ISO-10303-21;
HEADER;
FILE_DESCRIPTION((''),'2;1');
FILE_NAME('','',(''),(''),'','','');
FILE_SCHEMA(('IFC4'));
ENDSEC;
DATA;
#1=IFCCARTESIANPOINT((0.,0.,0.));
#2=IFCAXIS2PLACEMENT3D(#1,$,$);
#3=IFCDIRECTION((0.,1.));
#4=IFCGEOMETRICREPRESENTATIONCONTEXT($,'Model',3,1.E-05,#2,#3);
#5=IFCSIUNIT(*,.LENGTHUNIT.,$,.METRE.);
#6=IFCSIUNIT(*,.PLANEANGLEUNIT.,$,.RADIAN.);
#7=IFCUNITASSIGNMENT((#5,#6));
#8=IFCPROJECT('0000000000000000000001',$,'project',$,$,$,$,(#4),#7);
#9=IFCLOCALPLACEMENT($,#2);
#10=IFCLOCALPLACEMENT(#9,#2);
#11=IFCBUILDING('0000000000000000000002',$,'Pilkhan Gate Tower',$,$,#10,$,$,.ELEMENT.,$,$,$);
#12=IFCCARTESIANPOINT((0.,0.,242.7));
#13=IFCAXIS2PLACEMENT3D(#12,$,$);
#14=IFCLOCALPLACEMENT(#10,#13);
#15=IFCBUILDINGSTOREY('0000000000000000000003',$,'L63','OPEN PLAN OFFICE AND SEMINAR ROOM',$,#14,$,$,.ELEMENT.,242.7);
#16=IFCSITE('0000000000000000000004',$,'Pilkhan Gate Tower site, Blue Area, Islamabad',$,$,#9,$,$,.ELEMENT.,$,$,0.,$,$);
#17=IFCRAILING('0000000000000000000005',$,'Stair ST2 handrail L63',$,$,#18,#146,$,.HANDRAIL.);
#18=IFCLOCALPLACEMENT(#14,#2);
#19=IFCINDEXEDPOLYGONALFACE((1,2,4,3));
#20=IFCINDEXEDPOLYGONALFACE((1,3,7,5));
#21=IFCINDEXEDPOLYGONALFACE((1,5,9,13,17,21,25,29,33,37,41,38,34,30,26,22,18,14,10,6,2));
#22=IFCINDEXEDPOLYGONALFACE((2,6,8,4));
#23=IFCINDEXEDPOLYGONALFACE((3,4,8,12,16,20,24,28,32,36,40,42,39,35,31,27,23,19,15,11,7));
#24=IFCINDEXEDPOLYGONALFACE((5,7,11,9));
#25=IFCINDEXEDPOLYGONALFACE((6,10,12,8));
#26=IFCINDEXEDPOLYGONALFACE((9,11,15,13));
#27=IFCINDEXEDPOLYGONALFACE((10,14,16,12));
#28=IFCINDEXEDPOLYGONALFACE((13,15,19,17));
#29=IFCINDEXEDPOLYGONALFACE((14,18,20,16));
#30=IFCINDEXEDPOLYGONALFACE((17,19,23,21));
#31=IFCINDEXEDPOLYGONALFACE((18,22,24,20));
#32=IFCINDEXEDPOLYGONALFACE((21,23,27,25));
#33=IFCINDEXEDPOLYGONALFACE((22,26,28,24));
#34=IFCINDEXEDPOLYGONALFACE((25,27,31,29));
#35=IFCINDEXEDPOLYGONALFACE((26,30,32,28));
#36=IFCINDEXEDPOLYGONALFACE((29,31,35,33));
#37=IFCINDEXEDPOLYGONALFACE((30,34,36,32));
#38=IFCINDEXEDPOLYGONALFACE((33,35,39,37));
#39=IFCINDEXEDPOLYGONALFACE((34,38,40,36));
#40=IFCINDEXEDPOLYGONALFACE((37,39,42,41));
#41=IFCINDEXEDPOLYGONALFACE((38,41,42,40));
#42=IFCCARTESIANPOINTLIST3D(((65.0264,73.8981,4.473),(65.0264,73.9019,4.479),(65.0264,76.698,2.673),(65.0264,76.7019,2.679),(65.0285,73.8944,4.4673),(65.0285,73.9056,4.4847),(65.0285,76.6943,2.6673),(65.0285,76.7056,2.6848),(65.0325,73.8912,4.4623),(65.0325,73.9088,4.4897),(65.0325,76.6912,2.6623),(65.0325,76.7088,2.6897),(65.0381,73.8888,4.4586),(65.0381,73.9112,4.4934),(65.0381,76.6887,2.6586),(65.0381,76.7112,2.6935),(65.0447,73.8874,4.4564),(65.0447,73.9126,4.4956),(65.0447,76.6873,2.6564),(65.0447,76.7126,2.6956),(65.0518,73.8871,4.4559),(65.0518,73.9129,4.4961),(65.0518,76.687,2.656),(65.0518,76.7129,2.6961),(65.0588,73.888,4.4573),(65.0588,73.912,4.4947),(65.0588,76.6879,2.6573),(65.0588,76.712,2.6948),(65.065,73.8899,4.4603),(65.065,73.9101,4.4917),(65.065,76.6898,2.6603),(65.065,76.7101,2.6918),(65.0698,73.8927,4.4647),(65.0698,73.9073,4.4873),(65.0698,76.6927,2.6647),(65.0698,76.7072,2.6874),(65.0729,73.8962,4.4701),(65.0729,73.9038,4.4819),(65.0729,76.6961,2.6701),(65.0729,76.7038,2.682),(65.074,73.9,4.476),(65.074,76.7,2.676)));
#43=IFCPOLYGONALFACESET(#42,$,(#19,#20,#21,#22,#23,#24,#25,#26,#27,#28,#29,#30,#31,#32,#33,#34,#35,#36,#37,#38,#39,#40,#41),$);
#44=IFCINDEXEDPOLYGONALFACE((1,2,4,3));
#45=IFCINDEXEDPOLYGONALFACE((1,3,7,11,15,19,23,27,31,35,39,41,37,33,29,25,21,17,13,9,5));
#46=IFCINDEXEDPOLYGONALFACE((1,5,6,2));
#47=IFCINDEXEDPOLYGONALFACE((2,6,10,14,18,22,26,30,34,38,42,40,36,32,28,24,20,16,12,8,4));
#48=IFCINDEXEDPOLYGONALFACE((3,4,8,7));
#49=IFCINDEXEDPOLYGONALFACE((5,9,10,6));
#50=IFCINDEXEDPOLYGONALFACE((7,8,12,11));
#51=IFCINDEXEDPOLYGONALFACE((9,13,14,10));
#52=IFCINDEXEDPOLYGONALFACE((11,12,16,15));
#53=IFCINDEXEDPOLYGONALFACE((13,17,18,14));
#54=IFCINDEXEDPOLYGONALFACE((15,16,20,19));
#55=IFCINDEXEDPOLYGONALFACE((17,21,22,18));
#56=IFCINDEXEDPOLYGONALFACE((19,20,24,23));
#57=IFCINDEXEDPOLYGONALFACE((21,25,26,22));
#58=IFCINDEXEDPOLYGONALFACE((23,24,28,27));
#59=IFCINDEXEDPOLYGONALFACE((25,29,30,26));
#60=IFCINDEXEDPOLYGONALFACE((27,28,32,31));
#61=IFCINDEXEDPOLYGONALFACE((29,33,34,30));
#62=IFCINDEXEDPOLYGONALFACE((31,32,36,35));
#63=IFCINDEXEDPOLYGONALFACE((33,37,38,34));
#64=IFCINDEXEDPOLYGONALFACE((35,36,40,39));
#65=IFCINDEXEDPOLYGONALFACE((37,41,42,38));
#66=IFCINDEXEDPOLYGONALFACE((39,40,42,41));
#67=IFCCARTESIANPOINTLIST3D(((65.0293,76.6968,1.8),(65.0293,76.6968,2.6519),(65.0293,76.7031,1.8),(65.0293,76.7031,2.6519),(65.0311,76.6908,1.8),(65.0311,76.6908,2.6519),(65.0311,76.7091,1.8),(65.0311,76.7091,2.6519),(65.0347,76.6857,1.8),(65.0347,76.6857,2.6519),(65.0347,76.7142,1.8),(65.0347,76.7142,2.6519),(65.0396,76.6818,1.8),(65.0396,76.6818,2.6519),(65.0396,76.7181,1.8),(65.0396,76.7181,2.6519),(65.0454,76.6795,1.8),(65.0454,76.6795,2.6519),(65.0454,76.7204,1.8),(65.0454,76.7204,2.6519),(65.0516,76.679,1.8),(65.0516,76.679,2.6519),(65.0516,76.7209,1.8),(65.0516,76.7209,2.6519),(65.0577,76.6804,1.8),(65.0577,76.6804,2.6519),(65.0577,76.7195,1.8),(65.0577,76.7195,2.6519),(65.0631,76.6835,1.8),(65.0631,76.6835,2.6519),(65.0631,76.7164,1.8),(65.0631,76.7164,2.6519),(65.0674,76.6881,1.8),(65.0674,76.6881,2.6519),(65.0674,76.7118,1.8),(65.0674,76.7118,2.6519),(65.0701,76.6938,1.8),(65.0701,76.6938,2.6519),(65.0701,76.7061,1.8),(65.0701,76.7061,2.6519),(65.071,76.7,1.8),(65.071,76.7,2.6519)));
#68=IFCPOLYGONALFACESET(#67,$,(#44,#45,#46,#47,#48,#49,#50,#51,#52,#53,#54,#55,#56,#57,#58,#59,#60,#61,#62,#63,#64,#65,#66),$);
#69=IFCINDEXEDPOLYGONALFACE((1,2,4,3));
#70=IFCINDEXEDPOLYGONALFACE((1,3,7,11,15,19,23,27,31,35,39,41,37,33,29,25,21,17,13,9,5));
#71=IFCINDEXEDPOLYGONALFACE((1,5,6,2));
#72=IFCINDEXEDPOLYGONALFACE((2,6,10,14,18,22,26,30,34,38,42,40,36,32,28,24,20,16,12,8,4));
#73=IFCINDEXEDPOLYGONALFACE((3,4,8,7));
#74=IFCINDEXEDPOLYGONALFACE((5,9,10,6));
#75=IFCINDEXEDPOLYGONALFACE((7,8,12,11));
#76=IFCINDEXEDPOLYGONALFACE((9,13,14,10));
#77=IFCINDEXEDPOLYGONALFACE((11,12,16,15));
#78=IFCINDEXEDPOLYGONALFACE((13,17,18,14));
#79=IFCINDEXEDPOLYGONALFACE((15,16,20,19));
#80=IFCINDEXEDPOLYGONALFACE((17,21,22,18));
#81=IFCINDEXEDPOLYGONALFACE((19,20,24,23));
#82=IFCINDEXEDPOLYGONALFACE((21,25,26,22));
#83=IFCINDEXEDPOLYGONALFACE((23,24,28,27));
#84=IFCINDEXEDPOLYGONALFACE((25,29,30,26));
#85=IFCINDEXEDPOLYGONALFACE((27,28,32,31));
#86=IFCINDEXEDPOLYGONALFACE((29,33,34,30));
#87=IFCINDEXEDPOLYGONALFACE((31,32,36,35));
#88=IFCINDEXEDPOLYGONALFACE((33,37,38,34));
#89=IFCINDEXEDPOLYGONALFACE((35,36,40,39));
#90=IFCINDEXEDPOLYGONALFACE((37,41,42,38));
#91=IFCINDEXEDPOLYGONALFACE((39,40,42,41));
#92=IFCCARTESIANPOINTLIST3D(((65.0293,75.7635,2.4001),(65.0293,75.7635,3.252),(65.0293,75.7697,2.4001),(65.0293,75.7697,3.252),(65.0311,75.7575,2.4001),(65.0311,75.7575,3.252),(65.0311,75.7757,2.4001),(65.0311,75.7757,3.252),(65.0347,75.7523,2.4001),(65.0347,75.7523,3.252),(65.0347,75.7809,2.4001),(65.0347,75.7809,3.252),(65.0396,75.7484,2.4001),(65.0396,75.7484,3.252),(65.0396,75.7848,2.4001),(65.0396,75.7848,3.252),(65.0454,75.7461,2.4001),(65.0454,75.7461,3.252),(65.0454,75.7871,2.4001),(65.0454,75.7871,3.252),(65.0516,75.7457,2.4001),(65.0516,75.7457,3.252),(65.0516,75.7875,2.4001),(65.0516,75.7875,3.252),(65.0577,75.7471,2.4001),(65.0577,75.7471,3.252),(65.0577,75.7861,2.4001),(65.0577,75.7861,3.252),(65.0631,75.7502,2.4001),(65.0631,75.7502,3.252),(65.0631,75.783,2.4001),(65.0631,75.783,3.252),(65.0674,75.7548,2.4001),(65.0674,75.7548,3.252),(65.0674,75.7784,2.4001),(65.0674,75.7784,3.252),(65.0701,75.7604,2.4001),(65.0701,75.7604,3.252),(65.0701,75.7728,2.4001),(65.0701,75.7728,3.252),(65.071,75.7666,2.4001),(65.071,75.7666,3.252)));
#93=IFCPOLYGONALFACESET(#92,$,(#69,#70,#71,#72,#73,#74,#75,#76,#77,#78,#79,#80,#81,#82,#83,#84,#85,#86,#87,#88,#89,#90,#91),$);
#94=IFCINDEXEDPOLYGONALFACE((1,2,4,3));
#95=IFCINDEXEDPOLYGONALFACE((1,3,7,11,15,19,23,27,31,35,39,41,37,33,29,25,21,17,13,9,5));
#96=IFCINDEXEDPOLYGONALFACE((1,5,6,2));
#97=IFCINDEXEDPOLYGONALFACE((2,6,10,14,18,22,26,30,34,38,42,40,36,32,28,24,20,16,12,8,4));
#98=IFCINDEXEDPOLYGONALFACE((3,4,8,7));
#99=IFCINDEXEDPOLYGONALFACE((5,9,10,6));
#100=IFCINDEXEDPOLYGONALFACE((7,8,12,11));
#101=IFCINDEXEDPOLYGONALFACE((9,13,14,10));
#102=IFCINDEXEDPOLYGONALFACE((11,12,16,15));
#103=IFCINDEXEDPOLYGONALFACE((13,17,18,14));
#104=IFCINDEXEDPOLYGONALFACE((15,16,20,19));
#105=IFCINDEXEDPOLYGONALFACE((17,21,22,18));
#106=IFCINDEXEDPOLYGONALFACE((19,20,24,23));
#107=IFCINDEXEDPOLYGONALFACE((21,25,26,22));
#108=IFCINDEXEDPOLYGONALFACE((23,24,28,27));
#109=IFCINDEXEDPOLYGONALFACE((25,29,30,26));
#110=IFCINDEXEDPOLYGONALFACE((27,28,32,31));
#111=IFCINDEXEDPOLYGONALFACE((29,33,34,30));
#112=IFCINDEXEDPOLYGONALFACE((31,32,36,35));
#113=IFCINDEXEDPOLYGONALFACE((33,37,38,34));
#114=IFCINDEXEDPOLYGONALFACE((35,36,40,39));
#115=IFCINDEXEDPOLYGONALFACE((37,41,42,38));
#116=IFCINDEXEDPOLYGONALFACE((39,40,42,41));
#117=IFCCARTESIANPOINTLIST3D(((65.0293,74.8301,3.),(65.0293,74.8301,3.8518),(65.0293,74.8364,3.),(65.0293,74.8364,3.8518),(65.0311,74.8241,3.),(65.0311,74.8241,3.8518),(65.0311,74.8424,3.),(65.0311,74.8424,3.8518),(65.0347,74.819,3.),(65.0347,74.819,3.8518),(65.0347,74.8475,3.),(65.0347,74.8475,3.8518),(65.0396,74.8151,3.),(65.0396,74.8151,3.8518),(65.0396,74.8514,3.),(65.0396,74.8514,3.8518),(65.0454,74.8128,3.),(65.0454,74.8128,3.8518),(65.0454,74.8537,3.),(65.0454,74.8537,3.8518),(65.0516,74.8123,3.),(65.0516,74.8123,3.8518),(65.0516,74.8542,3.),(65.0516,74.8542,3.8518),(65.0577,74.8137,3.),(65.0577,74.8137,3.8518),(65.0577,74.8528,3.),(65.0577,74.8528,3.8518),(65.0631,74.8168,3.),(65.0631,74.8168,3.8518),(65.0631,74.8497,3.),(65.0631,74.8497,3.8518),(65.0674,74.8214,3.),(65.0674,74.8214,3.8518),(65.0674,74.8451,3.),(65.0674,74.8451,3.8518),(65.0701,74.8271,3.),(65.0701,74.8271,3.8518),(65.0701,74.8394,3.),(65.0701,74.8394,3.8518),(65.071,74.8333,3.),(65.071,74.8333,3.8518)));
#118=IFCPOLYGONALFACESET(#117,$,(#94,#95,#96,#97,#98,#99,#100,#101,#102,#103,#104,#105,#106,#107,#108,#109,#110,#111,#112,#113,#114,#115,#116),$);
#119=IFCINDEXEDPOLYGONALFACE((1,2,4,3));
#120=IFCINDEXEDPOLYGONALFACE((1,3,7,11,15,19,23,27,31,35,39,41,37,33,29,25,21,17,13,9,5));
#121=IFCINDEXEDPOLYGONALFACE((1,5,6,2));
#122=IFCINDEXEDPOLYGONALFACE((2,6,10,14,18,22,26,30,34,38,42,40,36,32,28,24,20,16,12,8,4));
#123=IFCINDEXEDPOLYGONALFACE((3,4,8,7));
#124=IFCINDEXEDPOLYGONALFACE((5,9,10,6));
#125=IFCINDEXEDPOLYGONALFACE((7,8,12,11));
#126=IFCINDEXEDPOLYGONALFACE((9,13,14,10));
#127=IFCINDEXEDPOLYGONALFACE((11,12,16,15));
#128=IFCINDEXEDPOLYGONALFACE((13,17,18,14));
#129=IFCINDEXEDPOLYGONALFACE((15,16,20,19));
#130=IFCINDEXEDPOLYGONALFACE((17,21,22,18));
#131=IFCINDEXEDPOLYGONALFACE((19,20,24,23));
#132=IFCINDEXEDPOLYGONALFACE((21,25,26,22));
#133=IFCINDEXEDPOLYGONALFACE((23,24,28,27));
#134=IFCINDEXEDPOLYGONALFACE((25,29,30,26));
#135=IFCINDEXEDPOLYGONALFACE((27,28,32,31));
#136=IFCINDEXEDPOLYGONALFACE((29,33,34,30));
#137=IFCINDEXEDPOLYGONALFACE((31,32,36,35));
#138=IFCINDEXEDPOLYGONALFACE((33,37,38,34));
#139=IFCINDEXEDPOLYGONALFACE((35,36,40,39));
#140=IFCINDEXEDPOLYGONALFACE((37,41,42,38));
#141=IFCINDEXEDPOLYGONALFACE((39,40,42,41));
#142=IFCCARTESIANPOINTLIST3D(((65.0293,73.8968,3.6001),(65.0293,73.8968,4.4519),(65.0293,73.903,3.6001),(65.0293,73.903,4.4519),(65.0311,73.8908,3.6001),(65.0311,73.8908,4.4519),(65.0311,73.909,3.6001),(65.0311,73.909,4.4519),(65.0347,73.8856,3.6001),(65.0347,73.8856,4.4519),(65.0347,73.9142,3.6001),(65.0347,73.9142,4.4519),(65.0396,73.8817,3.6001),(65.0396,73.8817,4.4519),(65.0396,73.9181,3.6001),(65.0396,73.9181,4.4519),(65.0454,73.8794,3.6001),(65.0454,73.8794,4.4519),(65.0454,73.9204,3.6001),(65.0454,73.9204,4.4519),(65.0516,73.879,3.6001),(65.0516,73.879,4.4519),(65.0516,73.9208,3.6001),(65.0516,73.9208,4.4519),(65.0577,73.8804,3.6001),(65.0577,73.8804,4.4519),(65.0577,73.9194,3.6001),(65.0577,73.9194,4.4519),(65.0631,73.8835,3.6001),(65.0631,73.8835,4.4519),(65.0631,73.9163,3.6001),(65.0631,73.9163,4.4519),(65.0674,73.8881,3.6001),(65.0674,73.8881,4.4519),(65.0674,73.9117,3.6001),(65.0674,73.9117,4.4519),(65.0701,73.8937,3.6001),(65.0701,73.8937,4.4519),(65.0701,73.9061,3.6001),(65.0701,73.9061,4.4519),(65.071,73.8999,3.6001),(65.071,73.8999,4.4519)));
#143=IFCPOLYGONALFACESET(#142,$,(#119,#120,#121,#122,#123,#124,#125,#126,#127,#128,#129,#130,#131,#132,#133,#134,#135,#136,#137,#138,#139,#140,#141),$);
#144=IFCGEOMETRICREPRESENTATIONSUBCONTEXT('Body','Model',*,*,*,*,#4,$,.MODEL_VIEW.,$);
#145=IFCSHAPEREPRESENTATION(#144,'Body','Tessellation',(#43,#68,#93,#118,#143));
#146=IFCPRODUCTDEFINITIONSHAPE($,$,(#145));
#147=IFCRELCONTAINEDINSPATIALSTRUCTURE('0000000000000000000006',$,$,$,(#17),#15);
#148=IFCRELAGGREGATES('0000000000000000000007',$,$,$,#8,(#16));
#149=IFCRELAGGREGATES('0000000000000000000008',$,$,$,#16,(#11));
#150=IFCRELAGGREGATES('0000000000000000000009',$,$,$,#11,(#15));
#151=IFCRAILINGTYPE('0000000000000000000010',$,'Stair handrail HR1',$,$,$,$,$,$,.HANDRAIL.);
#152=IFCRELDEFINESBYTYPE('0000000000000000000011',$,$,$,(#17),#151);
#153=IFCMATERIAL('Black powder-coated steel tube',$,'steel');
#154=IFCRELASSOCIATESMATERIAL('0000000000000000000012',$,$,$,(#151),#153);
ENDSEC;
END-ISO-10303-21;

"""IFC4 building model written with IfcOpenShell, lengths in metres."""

from ifc_helpers import new_model, si_unit, direction, frame, origin, origin_2d, place, context, subcontext, project, spatial, circle, extrude, material, type_object, element, save


model = new_model("IFC4")

# Units and contexts
model_context = context("Model", 3, precision=1e-05, world=origin(), true_north=direction((0.0, 1.0)))
body_context = subcontext(model_context, "Body", "Model", "MODEL_VIEW")
ifc_project = project(units=[si_unit("LENGTHUNIT", "METRE"), si_unit("PLANEANGLEUNIT", "RADIAN")], contexts=[model_context])

# Site, building, storey
site_placement = place(None, origin())
site = spatial("IfcSite", under=ifc_project, at=site_placement, Name="Pilkhan Gate Tower site, Blue Area, Islamabad", CompositionType="ELEMENT", RefElevation=0.0)
building_placement = place(site_placement, origin())
building = spatial("IfcBuilding", under=site, at=building_placement, Name="Pilkhan Gate Tower", CompositionType="ELEMENT")
storey_placement = place(building_placement, frame((0.0, 0.0, 242.7)))
storey = spatial("IfcBuildingStorey", under=building, at=storey_placement, Name="L63", Description="OPEN PLAN OFFICE AND SEMINAR ROOM", CompositionType="ELEMENT", Elevation=242.7)

# Railing
ifc_material_1 = material(Name="Black powder-coated steel tube", Category="steel")
railing_type_1 = type_object("IfcRailingType", Name="Stair handrail HR1", PredefinedType="HANDRAIL", material=ifc_material_1)
railing_1_placement = place(storey_placement, frame((65.05, 76.7, 1.8)))
element("IfcRailing", 1, at=railing_1_placement, inside=storey, type_object=railing_type_1, Name="Stair ST2 handrail L63", PredefinedType="HANDRAIL", context=body_context, shape_type="SweptSolid", body=[
    extrude(circle(Radius=0.0239, at=origin_2d()), frame((0.0, 0.0, 0.876), z_axis=(0.0, -0.841176, 0.540761), x_axis=(1.0, 0.0, 0.0)), (0.0, 0.0, 1.0), 3.3286),
    extrude(circle(Radius=0.021, at=origin_2d()), origin(), (0.0, 0.0, 1.0), 0.8518),
    extrude(circle(Radius=0.021, at=origin_2d()), frame((0.0, -0.9333, 0.6001)), (0.0, 0.0, 1.0), 0.8518),
    extrude(circle(Radius=0.021, at=origin_2d()), frame((0.0, -1.8667, 1.2)), (0.0, 0.0, 1.0), 0.8518),
    extrude(circle(Radius=0.021, at=origin_2d()), frame((0.0, -2.8, 1.8)), (0.0, 0.0, 1.0), 0.8518),
])

save(model, "model.ifc")
